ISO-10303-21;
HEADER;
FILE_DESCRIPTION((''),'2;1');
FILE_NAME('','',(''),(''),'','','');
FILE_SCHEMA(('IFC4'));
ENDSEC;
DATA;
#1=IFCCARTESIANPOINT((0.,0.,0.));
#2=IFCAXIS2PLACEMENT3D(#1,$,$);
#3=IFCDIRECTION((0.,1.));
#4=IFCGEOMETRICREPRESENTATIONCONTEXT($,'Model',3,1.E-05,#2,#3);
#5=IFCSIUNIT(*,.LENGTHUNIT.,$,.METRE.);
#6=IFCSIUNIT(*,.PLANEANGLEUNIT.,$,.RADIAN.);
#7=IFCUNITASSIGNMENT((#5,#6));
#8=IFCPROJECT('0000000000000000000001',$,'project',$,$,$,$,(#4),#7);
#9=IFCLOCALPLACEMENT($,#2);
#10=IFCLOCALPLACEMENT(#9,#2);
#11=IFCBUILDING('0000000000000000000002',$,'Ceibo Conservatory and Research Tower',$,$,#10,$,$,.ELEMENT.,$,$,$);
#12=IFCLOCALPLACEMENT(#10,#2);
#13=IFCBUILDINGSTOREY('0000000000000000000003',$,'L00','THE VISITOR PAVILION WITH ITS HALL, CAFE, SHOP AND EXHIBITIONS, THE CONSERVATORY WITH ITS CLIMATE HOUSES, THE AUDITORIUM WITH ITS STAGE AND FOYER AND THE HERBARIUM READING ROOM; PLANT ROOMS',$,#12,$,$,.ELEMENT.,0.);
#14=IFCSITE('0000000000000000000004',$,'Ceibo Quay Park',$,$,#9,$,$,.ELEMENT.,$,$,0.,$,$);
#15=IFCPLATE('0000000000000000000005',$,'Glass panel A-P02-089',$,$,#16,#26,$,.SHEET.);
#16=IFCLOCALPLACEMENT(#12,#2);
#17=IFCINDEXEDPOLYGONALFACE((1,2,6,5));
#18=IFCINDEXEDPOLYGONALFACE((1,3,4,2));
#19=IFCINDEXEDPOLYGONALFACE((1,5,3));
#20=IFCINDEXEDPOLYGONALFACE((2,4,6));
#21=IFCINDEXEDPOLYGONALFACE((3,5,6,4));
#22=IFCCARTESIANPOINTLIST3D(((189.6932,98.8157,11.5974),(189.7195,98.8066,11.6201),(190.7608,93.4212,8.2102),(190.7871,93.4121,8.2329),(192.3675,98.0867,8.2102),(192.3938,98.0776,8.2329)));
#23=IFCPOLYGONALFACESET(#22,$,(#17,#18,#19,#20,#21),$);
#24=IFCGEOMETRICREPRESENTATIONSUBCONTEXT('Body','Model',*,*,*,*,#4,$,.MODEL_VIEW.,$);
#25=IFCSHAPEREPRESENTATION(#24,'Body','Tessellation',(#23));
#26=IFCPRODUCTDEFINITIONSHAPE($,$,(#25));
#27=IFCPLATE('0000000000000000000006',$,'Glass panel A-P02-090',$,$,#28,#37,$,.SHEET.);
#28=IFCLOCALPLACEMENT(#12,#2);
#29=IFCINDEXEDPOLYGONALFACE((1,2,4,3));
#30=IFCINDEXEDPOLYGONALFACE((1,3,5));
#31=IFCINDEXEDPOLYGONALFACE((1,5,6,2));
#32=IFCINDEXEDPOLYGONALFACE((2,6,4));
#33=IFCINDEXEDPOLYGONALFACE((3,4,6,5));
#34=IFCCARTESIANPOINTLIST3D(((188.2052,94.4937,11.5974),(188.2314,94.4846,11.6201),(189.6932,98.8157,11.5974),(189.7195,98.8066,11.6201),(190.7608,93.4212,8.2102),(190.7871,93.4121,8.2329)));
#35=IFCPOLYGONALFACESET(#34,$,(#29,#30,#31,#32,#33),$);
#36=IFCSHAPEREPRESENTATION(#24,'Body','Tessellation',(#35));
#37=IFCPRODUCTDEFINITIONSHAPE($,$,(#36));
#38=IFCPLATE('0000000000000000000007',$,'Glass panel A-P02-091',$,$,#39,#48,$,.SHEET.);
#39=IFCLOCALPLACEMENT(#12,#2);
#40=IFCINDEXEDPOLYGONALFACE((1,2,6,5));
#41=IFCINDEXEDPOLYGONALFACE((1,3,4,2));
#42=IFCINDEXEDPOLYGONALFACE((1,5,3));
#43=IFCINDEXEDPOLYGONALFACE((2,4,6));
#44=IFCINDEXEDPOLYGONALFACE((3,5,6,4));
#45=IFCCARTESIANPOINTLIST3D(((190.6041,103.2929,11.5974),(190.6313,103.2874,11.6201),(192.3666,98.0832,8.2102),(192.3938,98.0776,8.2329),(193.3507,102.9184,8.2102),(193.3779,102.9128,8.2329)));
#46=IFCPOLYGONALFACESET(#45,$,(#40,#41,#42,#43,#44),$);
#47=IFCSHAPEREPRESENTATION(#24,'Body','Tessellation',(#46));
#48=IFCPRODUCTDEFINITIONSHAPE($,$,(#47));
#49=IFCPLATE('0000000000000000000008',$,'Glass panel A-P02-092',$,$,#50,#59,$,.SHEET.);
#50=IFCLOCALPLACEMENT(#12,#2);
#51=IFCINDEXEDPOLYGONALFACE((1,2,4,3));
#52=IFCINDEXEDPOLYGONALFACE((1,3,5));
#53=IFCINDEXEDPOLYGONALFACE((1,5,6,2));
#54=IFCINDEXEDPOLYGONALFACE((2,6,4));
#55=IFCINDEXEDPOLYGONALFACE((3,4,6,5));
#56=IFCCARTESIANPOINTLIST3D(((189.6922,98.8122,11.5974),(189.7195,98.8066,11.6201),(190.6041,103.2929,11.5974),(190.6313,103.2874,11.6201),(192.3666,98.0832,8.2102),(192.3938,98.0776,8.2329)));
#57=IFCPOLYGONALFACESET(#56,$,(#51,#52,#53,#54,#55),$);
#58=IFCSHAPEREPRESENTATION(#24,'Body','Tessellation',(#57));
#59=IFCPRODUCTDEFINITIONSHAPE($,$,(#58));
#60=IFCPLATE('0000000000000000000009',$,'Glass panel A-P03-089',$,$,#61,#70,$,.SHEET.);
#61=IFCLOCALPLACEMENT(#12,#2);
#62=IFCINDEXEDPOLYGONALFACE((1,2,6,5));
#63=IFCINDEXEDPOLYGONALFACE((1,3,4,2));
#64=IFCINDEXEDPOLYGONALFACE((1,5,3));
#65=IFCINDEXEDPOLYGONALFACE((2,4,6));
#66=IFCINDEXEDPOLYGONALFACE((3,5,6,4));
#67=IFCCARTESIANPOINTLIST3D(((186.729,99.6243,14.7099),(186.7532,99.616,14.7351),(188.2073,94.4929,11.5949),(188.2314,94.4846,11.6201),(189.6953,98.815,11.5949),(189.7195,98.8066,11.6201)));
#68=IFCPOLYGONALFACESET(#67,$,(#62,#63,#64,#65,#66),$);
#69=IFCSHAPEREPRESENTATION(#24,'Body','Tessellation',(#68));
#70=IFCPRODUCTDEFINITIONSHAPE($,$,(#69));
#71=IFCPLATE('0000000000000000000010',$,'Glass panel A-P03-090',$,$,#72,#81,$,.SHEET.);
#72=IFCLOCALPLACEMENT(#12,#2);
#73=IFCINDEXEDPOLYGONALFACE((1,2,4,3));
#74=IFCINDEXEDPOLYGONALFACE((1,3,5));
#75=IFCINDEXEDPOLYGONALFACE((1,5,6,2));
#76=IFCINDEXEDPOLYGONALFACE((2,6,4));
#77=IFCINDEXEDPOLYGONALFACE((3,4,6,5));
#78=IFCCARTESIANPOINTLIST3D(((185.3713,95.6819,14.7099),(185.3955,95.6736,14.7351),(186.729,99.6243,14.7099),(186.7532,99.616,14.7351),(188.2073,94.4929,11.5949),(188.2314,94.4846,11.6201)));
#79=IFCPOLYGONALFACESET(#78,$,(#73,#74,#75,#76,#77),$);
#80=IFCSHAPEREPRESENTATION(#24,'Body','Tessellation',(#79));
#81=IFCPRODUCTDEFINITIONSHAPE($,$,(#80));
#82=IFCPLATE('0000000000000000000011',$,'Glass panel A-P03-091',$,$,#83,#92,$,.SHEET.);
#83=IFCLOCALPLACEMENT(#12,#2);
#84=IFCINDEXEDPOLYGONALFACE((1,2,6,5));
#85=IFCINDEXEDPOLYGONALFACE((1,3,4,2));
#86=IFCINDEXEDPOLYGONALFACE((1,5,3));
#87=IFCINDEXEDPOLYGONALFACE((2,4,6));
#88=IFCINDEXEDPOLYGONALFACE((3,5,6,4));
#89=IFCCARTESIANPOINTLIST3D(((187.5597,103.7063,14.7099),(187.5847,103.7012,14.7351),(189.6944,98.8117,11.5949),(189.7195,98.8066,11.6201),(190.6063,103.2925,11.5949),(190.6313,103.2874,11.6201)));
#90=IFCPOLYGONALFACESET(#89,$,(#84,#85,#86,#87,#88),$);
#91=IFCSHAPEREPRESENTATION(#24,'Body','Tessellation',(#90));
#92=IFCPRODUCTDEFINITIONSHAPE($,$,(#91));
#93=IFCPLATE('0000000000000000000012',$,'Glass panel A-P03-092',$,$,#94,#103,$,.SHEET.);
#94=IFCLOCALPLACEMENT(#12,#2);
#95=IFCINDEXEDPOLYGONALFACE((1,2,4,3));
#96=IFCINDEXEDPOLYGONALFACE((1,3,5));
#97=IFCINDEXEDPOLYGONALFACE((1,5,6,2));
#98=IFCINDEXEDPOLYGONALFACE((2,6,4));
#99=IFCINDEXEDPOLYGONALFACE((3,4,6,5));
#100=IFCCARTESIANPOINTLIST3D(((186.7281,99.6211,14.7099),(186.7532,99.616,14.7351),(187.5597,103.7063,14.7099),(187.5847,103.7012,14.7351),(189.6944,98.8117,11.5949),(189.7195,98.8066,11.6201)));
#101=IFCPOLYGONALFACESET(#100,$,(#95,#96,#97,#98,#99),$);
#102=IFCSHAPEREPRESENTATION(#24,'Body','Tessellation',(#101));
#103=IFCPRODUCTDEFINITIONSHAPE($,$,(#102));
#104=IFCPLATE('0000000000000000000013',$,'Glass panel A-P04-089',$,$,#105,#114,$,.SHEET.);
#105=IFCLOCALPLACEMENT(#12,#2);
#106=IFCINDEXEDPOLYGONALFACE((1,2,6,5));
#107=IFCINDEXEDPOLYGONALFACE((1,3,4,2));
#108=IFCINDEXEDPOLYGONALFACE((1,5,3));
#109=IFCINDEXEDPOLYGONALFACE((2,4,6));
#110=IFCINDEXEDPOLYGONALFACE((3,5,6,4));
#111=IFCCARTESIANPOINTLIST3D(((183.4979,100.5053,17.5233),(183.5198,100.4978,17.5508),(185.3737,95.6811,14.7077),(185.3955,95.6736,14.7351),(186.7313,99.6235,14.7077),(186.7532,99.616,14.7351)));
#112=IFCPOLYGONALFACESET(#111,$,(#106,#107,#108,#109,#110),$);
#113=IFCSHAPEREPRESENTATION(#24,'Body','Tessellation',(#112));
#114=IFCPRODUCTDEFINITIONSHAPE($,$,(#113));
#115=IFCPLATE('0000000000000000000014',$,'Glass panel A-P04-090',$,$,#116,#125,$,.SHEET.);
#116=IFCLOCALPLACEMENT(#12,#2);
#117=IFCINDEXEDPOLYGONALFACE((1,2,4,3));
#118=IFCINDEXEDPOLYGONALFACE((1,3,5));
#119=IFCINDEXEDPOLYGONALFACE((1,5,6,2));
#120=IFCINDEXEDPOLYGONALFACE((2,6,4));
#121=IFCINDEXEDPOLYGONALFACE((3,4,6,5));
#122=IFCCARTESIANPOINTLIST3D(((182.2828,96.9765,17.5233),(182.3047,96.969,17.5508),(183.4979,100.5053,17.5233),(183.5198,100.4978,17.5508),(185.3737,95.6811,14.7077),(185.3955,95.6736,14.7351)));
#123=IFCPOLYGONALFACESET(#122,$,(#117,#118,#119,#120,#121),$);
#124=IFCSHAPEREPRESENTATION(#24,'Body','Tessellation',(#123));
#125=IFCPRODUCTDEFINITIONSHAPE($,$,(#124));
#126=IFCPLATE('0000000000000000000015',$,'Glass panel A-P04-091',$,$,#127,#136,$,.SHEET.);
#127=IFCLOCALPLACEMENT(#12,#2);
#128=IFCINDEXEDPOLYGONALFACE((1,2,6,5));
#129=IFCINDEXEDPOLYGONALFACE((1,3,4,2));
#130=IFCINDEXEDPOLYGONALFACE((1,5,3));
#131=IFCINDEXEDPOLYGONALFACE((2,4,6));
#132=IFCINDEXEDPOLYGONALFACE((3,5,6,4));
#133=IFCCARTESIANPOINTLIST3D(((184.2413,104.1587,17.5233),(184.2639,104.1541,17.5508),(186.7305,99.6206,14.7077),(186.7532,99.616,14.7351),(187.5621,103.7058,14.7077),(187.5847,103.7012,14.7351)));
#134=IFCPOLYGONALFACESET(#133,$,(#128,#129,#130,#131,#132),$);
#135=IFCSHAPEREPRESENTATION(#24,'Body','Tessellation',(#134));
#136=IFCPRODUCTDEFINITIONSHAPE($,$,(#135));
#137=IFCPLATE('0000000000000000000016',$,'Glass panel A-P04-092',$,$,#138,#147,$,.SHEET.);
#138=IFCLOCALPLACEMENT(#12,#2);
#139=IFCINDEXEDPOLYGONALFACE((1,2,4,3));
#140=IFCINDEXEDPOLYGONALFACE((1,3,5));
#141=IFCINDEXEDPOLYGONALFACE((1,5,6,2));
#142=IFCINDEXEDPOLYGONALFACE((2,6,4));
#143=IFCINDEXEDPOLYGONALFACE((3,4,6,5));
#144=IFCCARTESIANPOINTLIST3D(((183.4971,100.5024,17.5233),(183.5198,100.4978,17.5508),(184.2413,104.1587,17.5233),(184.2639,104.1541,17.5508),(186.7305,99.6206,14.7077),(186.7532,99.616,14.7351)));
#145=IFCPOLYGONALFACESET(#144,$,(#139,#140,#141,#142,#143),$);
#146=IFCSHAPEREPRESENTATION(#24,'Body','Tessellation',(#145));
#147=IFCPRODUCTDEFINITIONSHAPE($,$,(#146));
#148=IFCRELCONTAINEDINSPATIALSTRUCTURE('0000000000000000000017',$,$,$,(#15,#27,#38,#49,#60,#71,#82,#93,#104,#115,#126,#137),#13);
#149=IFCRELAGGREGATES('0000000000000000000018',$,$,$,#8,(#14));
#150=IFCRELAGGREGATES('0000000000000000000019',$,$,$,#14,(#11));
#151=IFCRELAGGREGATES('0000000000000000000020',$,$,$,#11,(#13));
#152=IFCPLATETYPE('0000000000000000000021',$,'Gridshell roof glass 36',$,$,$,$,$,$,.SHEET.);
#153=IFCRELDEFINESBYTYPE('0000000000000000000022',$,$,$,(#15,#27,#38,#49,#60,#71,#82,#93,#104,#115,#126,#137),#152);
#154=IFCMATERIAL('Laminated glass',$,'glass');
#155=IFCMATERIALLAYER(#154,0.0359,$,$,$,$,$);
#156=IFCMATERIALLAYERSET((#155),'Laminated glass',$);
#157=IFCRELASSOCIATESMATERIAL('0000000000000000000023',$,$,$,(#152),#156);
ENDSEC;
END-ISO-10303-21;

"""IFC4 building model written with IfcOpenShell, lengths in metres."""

from ifc_helpers import new_model, si_unit, direction, frame, origin, place, context, subcontext, project, spatial, polyline, outline, extrude, material, layer, layer_set, type_object, element, save


model = new_model("IFC4")

# Units and contexts
model_context = context("Model", 3, precision=1e-05, world=origin(), true_north=direction((0.0, 1.0)))
body_context = subcontext(model_context, "Body", "Model", "MODEL_VIEW")
ifc_project = project(units=[si_unit("LENGTHUNIT", "METRE"), si_unit("PLANEANGLEUNIT", "RADIAN")], contexts=[model_context])

# Site, building, storey
site_placement = place(None, origin())
site = spatial("IfcSite", under=ifc_project, at=site_placement, Name="Ceibo Quay Park", CompositionType="ELEMENT", RefElevation=0.0)
building_placement = place(site_placement, origin())
building = spatial("IfcBuilding", under=site, at=building_placement, Name="Ceibo Conservatory and Research Tower", CompositionType="ELEMENT")
storey_placement = place(building_placement, origin())
storey = spatial("IfcBuildingStorey", under=building, at=storey_placement, Name="L00", Description="THE VISITOR PAVILION WITH ITS HALL, CAFE, SHOP AND EXHIBITIONS, THE CONSERVATORY WITH ITS CLIMATE HOUSES, THE AUDITORIUM WITH ITS STAGE AND FOYER AND THE HERBARIUM READING ROOM; PLANT ROOMS", CompositionType="ELEMENT", Elevation=0.0)

# Plates
ifc_material_1 = material(Name="Laminated glass", Category="glass")
ifc_layer = layer(ifc_material_1, 0.0359)
ifc_layer_set = layer_set([ifc_layer], Name="Laminated glass")
plate_type = type_object("IfcPlateType", Name="Gridshell roof glass 36", PredefinedType="SHEET", material=ifc_layer_set)
plate_1_placement = place(storey_placement, frame((190.7871, 93.4121, 8.2329), z_axis=(0.732353, -0.252204, 0.632497), x_axis=(0.325608, 0.945505, 0.0)))
element("IfcPlate", 1, at=plate_1_placement, inside=storey, type_object=plate_type, Name="Glass panel A-P02-089", PredefinedType="SHEET", context=body_context, shape_type="SweptSolid", body=[
    extrude(outline(polyline([(0.0, 0.0), (4.9344, 0.0), (4.7529, 4.3731), (0.0, 0.0)])), origin(), (0.0, 0.0, -1.0), 0.0359),
])
plate_2_placement = place(storey_placement, frame((190.7871, 93.4121, 8.2329), z_axis=(0.732408, -0.252162, 0.632449), x_axis=(-0.165302, 0.835243, 0.524446)))
element("IfcPlate", 2, at=plate_2_placement, inside=storey, type_object=plate_type, Name="Glass panel A-P02-090", PredefinedType="SHEET", context=body_context, shape_type="SweptSolid", body=[
    extrude(outline(polyline([(0.0, 0.0), (6.4586, 0.0), (3.0947, 3.0948), (0.0, 0.0)])), origin(), (0.0, 0.0, -1.0), 0.0359),
])
plate_3_placement = place(storey_placement, frame((192.3938, 98.0776, 8.2329), z_axis=(0.758985, -0.15448, 0.632518), x_axis=(0.199445, 0.979909, 0.0)))
element("IfcPlate", 3, at=plate_3_placement, inside=storey, type_object=plate_type, Name="Glass panel A-P02-091", PredefinedType="SHEET", context=body_context, shape_type="SweptSolid", body=[
    extrude(outline(polyline([(0.0, 0.0), (4.9343, 0.0), (4.7535, 4.3732), (0.0, 0.0)])), origin(), (0.0, 0.0, -1.0), 0.0359),
])
plate_4_placement = place(storey_placement, frame((192.3938, 98.0776, 8.2329), z_axis=(0.759001, -0.154464, 0.632502), x_axis=(-0.272861, 0.806564, 0.524405)))
element("IfcPlate", 4, at=plate_4_placement, inside=storey, type_object=plate_type, Name="Glass panel A-P02-092", PredefinedType="SHEET", context=body_context, shape_type="SweptSolid", body=[
    extrude(outline(polyline([(0.0, 0.0), (6.4591, 0.0), (3.094, 3.0958), (0.0, 0.0)])), origin(), (0.0, 0.0, -1.0), 0.0359),
])
plate_5_placement = place(storey_placement, frame((188.2314, 94.4846, 11.6201), z_axis=(0.67363, -0.231926, 0.701735), x_axis=(0.325538, 0.945529, 0.0)))
element("IfcPlate", 5, at=plate_5_placement, inside=storey, type_object=plate_type, Name="Glass panel A-P03-089", PredefinedType="SHEET", context=body_context, shape_type="SweptSolid", body=[
    extrude(outline(polyline([(0.0, 0.0), (4.571, 0.0), (4.3706, 4.3723), (0.0, 0.0)])), origin(), (0.0, 0.0, -1.0), 0.0359),
])
plate_6_placement = place(storey_placement, frame((188.2314, 94.4846, 11.6201), z_axis=(0.673577, -0.231964, 0.701774), x_axis=(-0.239119, 0.830024, 0.503867)))
element("IfcPlate", 6, at=plate_6_placement, inside=storey, type_object=plate_type, Name="Glass panel A-P03-090", PredefinedType="SHEET", context=body_context, shape_type="SweptSolid", body=[
    extrude(outline(polyline([(0.0, 0.0), (6.1822, 0.0), (3.2345, 2.9491), (0.0, 0.0)])), origin(), (0.0, 0.0, -1.0), 0.0359),
])
plate_7_placement = place(storey_placement, frame((189.7195, 98.8066, 11.6201), z_axis=(0.698154, -0.142081, 0.701708), x_axis=(0.199421, 0.979914, 0.0)))
element("IfcPlate", 7, at=plate_7_placement, inside=storey, type_object=plate_type, Name="Glass panel A-P03-091", PredefinedType="SHEET", context=body_context, shape_type="SweptSolid", body=[
    extrude(outline(polyline([(0.0, 0.0), (4.5726, 0.0), (4.3705, 4.3721), (0.0, 0.0)])), origin(), (0.0, 0.0, -1.0), 0.0359),
])
plate_8_placement = place(storey_placement, frame((189.7195, 98.8066, 11.6201), z_axis=(0.698129, -0.142104, 0.701728), x_axis=(-0.345321, 0.791742, 0.503883)))
element("IfcPlate", 8, at=plate_8_placement, inside=storey, type_object=plate_type, Name="Glass panel A-P03-092", PredefinedType="SHEET", context=body_context, shape_type="SweptSolid", body=[
    extrude(outline(polyline([(0.0, 0.0), (6.182, 0.0), (3.2347, 2.9485), (0.0, 0.0)])), origin(), (0.0, 0.0, -1.0), 0.0359),
])
plate_9_placement = place(storey_placement, frame((185.3955, 95.6736, 14.7351), z_axis=(0.608957, -0.209711, 0.764979), x_axis=(0.32561, 0.945504, 0.0)))
element("IfcPlate", 9, at=plate_9_placement, inside=storey, type_object=plate_type, Name="Glass panel A-P04-089", PredefinedType="SHEET", context=body_context, shape_type="SweptSolid", body=[
    extrude(outline(polyline([(0.0, 0.0), (4.1696, 0.0), (3.9506, 4.3718), (0.0, 0.0)])), origin(), (0.0, 0.0, -1.0), 0.0359),
])
plate_10_placement = place(storey_placement, frame((185.3955, 95.6736, 14.7351), z_axis=(0.608981, -0.209693, 0.764964), x_axis=(-0.318335, 0.818729, 0.477855)))
element("IfcPlate", 10, at=plate_10_placement, inside=storey, type_object=plate_type, Name="Glass panel A-P04-090", PredefinedType="SHEET", context=body_context, shape_type="SweptSolid", body=[
    extrude(outline(polyline([(0.0, 0.0), (5.8923, 0.0), (3.39, 2.769), (0.0, 0.0)])), origin(), (0.0, 0.0, -1.0), 0.0359),
])
plate_11_placement = place(storey_placement, frame((186.7532, 99.616, 14.7351), z_axis=(0.631105, -0.128461, 0.764986), x_axis=(0.19946, 0.979906, 0.0)))
element("IfcPlate", 11, at=plate_11_placement, inside=storey, type_object=plate_type, Name="Glass panel A-P04-091", PredefinedType="SHEET", context=body_context, shape_type="SweptSolid", body=[
    extrude(outline(polyline([(0.0, 0.0), (4.169, 0.0), (3.9504, 4.3718), (0.0, 0.0)])), origin(), (0.0, 0.0, -1.0), 0.0359),
])
plate_12_placement = place(storey_placement, frame((186.7532, 99.616, 14.7351), z_axis=(0.631118, -0.128449, 0.764978), x_axis=(-0.422463, 0.770178, 0.47786)))
element("IfcPlate", 12, at=plate_12_placement, inside=storey, type_object=plate_type, Name="Glass panel A-P04-092", PredefinedType="SHEET", context=body_context, shape_type="SweptSolid", body=[
    extrude(outline(polyline([(0.0, 0.0), (5.8923, 0.0), (3.3907, 2.7684), (0.0, 0.0)])), origin(), (0.0, 0.0, -1.0), 0.0359),
])

save(model, "model.ifc")
